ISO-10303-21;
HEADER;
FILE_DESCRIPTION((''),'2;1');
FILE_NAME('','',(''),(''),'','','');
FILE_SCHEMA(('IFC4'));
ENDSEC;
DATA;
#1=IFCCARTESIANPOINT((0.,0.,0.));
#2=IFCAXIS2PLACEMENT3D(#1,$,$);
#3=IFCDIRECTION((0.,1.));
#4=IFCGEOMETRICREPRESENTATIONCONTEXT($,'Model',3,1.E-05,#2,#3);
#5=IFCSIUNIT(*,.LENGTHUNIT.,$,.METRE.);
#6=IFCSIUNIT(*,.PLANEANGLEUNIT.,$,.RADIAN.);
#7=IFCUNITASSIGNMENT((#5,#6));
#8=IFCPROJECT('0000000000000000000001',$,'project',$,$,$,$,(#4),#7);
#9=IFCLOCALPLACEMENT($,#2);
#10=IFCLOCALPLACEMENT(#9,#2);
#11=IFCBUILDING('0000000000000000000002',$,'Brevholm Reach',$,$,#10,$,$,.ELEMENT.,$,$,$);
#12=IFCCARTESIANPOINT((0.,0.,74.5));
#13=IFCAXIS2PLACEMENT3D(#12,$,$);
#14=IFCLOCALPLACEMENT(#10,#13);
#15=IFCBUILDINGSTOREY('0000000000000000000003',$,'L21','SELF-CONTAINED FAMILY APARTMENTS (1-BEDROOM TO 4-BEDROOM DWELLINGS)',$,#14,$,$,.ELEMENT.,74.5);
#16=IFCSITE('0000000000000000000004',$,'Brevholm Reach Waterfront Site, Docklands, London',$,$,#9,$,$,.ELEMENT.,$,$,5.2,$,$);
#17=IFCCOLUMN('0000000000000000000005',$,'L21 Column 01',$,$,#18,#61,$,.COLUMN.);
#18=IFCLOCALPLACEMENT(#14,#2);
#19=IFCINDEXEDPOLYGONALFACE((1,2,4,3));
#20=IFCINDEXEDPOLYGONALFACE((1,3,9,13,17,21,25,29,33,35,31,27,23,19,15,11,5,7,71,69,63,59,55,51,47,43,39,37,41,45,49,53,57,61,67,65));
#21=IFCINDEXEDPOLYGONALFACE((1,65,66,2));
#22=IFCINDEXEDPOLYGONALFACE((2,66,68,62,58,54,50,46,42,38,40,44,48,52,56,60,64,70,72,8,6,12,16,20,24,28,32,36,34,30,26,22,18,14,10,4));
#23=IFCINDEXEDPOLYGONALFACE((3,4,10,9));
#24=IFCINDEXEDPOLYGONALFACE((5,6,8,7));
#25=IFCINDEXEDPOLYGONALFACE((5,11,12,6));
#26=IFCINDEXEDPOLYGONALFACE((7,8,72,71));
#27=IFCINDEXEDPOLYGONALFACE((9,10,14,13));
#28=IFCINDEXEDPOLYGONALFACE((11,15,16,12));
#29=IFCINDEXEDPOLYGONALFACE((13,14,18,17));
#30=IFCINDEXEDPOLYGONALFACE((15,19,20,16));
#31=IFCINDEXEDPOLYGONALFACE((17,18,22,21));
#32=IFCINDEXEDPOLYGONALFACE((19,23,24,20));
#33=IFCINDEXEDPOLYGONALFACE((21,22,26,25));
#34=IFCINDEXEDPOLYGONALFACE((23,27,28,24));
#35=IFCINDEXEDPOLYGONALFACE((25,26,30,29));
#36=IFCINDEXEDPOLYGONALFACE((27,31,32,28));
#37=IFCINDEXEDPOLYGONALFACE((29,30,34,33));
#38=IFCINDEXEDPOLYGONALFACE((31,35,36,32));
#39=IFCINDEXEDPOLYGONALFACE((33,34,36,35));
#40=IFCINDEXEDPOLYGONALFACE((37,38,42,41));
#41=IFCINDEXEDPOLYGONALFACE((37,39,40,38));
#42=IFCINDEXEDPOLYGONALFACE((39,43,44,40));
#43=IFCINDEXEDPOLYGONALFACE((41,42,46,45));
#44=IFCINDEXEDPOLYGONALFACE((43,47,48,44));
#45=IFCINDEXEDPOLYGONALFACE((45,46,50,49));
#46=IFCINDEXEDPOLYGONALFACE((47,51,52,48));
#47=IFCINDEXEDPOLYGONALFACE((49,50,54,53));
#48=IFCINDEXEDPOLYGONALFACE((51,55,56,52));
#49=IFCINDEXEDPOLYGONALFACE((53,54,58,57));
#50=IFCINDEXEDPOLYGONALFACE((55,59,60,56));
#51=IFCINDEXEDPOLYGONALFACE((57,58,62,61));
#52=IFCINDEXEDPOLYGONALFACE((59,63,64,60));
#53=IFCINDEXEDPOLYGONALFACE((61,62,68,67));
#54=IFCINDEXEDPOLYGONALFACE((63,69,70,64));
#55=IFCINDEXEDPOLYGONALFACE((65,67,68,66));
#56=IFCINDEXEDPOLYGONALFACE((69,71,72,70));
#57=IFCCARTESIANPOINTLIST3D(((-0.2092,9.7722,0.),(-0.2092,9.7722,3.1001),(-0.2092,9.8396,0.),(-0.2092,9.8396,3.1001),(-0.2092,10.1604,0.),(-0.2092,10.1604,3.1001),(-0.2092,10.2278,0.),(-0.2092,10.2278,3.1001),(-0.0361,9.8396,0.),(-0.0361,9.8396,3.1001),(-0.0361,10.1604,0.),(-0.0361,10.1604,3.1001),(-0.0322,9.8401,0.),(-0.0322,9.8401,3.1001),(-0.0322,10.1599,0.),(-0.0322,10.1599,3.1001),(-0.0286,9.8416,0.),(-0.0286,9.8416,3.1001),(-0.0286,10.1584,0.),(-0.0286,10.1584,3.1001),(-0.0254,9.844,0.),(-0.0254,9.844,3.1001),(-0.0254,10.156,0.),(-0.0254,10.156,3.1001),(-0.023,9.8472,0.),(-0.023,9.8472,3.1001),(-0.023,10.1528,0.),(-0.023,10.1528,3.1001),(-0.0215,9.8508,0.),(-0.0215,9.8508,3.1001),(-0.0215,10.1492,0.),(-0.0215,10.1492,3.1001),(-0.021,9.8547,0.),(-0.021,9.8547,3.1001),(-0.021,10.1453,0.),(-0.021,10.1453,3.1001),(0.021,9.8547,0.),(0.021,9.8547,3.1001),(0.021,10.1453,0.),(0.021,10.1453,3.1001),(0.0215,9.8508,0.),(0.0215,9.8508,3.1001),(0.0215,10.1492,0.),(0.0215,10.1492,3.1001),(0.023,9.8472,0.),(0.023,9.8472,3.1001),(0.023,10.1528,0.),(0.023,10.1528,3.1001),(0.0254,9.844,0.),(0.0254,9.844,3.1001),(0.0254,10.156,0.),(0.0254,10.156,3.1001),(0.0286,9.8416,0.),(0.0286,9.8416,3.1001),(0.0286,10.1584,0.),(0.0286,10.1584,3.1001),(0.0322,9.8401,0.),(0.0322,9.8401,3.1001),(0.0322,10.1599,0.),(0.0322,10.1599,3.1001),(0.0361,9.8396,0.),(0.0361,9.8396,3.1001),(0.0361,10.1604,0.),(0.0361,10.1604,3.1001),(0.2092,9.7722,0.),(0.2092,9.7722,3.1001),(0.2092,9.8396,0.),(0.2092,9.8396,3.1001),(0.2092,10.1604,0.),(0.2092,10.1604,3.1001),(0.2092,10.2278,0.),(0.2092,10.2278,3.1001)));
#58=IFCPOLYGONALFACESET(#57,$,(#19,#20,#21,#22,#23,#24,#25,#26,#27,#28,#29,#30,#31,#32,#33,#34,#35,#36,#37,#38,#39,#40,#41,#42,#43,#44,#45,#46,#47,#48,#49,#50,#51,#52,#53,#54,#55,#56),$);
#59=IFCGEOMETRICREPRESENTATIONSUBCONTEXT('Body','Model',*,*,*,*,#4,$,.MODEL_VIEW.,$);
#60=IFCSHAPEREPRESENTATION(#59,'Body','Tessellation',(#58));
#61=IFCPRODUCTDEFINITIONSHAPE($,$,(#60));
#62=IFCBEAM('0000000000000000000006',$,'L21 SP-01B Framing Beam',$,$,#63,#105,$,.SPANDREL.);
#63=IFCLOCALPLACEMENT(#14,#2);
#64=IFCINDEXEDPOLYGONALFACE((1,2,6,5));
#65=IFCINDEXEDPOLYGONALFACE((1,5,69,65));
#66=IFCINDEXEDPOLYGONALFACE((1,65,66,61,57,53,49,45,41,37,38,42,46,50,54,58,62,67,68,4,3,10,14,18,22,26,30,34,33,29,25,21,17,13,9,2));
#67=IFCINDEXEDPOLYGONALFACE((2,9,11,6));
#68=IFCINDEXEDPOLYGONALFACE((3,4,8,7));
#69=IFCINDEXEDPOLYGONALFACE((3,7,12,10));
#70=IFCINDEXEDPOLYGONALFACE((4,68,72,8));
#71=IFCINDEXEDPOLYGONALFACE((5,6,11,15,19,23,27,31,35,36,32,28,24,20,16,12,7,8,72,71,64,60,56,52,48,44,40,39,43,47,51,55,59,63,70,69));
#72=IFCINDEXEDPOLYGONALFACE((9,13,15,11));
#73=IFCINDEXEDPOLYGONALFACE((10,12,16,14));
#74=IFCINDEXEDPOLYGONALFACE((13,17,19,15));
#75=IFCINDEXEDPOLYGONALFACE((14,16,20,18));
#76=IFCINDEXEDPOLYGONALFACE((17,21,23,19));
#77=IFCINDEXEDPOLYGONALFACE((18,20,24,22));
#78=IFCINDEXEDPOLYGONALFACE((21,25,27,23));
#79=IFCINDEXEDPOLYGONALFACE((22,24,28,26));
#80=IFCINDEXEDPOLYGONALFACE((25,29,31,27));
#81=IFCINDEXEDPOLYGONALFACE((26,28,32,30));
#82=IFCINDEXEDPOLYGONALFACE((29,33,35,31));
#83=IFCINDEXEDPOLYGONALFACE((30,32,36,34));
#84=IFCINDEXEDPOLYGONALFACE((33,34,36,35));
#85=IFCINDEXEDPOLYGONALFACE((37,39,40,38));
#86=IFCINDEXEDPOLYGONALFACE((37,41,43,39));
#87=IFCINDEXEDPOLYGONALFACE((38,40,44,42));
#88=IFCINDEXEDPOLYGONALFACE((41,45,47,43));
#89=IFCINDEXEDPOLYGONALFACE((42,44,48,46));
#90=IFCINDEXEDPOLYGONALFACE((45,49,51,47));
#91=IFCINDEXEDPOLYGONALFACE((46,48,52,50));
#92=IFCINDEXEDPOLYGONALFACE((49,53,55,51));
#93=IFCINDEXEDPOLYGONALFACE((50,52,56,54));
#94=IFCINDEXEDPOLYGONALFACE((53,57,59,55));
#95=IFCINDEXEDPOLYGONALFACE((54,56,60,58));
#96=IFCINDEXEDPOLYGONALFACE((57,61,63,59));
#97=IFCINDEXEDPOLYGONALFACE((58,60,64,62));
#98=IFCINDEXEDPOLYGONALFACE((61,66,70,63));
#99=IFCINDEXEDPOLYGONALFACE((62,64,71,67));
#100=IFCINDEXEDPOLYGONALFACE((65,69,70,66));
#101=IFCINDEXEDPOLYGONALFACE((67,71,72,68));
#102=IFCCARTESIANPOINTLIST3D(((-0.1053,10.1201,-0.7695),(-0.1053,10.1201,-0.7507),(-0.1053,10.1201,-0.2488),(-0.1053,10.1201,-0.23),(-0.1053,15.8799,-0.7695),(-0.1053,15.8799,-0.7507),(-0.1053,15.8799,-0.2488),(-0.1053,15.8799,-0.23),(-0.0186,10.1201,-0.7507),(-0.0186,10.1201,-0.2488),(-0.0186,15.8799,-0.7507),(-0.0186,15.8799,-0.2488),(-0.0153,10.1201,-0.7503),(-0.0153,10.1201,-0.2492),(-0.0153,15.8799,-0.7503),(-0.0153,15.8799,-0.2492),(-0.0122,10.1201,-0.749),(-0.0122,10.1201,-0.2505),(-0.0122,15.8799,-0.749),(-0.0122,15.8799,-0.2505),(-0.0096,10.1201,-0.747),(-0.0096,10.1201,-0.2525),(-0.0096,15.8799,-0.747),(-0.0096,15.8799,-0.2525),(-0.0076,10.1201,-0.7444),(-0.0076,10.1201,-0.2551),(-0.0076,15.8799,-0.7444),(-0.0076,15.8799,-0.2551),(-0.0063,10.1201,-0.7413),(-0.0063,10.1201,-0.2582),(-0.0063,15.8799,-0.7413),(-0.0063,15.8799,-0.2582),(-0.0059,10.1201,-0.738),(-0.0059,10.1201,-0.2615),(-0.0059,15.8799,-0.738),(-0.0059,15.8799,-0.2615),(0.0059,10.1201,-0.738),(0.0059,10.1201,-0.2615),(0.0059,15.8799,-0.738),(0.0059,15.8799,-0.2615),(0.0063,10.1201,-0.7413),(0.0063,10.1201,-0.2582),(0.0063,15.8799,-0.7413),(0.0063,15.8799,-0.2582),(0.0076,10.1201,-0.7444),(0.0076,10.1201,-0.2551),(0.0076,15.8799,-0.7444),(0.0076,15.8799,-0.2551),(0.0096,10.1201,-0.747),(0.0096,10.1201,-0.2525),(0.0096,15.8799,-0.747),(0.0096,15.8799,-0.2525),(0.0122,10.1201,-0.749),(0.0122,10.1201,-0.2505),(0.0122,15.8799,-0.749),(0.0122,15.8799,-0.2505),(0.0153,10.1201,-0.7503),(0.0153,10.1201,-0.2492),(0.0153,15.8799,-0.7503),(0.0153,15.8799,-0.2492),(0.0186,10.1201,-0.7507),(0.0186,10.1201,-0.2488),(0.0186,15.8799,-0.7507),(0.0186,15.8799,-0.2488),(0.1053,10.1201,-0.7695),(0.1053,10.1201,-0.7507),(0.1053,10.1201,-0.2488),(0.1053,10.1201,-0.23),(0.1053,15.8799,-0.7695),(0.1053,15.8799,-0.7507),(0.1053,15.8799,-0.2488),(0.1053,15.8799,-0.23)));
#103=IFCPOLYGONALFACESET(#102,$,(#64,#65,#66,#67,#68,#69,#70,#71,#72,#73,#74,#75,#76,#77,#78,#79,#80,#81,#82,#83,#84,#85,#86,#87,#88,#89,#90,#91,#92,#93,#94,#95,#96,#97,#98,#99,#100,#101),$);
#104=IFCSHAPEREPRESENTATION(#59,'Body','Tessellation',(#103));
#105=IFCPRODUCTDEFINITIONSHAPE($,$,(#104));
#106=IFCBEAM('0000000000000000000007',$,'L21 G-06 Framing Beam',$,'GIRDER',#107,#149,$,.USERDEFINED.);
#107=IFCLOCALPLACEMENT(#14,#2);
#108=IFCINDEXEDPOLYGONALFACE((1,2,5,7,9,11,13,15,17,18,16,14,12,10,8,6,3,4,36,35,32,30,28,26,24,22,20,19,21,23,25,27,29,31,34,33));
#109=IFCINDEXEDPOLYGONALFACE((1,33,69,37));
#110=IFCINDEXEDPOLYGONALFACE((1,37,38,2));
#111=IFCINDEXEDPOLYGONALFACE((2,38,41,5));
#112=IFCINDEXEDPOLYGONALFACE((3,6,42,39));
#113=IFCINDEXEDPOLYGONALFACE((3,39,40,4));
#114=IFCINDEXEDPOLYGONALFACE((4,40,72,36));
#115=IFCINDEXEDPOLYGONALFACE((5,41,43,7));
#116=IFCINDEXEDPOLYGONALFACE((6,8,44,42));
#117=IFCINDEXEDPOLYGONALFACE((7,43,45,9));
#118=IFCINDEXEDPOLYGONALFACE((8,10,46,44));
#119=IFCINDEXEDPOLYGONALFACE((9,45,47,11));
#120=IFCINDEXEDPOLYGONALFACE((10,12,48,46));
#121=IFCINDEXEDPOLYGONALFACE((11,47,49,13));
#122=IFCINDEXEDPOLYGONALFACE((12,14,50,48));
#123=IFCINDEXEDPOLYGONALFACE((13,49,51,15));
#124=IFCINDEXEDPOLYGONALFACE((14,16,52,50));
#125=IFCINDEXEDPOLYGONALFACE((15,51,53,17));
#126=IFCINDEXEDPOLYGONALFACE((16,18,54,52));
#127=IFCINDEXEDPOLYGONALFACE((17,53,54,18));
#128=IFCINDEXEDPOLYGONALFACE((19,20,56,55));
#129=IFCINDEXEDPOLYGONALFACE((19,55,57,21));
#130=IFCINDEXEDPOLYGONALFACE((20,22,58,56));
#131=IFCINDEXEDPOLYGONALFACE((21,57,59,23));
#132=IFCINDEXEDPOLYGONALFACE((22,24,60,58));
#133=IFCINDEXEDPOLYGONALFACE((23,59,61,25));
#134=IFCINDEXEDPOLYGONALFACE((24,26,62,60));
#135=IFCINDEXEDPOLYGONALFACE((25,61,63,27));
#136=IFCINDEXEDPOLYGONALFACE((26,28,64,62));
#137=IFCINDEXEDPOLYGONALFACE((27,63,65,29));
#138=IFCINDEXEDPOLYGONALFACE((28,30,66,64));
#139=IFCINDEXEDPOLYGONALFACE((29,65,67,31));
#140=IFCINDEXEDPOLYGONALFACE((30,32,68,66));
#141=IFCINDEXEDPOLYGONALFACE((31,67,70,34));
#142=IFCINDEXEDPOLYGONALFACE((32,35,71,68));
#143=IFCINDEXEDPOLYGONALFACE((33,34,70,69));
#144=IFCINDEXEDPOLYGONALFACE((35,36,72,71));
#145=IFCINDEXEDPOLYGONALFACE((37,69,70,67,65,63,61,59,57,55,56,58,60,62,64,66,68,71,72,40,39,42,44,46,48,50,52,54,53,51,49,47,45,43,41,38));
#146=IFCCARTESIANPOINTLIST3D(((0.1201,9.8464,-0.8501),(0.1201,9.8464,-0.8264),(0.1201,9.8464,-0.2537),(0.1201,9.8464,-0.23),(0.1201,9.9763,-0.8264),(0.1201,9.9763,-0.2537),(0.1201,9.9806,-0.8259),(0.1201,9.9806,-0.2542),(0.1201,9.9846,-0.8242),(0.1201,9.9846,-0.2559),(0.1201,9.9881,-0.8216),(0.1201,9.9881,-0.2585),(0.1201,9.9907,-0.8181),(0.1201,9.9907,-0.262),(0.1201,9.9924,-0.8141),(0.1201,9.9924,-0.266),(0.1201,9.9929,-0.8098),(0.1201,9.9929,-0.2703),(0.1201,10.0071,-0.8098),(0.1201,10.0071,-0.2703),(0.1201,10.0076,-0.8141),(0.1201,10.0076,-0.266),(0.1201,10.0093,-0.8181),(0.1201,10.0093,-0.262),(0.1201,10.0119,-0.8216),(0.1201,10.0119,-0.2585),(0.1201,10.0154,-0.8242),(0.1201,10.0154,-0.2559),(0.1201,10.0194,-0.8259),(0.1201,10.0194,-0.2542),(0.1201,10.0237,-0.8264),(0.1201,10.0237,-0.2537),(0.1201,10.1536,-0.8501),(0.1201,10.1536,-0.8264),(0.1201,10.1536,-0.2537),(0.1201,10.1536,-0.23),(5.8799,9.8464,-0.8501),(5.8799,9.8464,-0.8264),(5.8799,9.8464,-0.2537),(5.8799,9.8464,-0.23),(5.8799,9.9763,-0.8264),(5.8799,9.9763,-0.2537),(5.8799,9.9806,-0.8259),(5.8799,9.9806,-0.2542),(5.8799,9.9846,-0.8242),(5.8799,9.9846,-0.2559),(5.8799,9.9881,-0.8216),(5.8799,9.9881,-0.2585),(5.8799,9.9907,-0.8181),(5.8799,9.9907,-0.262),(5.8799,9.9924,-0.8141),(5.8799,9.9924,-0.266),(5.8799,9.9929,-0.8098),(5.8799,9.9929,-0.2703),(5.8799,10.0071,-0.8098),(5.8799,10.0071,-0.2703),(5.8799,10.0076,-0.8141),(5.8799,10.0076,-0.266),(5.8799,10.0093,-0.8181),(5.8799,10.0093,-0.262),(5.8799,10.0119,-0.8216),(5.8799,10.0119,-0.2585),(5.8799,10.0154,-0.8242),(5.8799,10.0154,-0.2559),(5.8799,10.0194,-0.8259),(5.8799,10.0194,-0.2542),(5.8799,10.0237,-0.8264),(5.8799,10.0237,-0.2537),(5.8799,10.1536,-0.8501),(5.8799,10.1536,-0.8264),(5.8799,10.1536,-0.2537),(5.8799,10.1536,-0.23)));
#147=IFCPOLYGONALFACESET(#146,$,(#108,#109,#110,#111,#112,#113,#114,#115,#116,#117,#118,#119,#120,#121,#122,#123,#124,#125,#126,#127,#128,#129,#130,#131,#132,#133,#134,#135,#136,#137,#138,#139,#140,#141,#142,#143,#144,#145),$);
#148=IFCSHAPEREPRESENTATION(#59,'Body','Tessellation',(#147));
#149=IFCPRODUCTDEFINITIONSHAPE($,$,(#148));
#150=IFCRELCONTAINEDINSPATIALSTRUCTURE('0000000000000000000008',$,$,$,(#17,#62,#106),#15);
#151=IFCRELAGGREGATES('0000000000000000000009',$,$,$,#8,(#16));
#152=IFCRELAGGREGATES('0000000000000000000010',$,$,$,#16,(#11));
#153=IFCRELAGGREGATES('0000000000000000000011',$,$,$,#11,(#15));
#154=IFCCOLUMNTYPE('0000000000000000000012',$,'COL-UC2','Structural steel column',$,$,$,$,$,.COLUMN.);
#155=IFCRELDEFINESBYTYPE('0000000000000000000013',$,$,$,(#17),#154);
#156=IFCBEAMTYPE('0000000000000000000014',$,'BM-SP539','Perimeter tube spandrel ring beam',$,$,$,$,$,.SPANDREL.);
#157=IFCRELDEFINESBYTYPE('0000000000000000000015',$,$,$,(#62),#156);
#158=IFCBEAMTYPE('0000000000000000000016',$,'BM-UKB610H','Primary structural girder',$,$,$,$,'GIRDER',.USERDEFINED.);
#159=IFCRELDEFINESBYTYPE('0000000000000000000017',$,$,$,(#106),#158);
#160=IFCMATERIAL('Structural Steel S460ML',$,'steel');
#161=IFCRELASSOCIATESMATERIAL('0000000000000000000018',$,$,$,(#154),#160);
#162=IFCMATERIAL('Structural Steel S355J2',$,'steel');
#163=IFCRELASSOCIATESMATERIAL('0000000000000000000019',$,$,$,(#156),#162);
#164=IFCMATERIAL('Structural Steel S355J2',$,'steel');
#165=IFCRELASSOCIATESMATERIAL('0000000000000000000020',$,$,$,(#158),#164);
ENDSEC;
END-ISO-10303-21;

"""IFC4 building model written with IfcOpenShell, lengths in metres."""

from ifc_helpers import new_model, si_unit, direction, frame, origin, origin_2d, place, context, subcontext, project, spatial, i_section, extrude, material, material_profile, profile_set, type_object, element, save


model = new_model("IFC4")

# Units and contexts
model_context = context("Model", 3, precision=1e-05, world=origin(), true_north=direction((0.0, 1.0)))
body_context = subcontext(model_context, "Body", "Model", "MODEL_VIEW")
ifc_project = project(units=[si_unit("LENGTHUNIT", "METRE"), si_unit("PLANEANGLEUNIT", "RADIAN")], contexts=[model_context])

# Site, building, storey
site_placement = place(None, origin())
site = spatial("IfcSite", under=ifc_project, at=site_placement, Name="Brevholm Reach Waterfront Site, Docklands, London", CompositionType="ELEMENT", RefElevation=5.2)
building_placement = place(site_placement, origin())
building = spatial("IfcBuilding", under=site, at=building_placement, Name="Brevholm Reach", CompositionType="ELEMENT")
storey_placement = place(building_placement, frame((0.0, 0.0, 74.5)))
storey = spatial("IfcBuildingStorey", under=building, at=storey_placement, Name="L21", Description="SELF-CONTAINED FAMILY APARTMENTS (1-BEDROOM TO 4-BEDROOM DWELLINGS)", CompositionType="ELEMENT", Elevation=74.5)

# Column
ifc_material_1 = material(Name="Structural Steel S460ML", Category="steel")
ifc_material_profile_1 = material_profile(ifc_material_1, i_section(OverallWidth=0.4185, OverallDepth=0.4556, WebThickness=0.042, FlangeThickness=0.0674, FilletRadius=0.0151, at=origin_2d()), Name="UKC 356x406x551")
ifc_profile_set_1 = profile_set([ifc_material_profile_1], Name="Structural Steel S460ML")
column_type = type_object("IfcColumnType", Name="COL-UC2", Description="Structural steel column", PredefinedType="COLUMN", material=ifc_profile_set_1)
column_placement = place(storey_placement, frame((0.0, 10.0, 0.0), z_axis=(0.0, 0.0, 1.0), x_axis=(1.0, 0.0, 0.0)))
element("IfcColumn", 1, at=column_placement, inside=storey, type_object=column_type, Name="L21 Column 01", PredefinedType="COLUMN", context=body_context, shape_type="SweptSolid", body=[
    extrude(i_section(OverallWidth=0.4185, OverallDepth=0.4556, WebThickness=0.042, FlangeThickness=0.0674, FilletRadius=0.0151, at=origin_2d()), origin(), (0.0, 0.0, 1.0), 3.1001),
])

# Beams
ifc_material_2 = material(Name="Structural Steel S355J2", Category="steel")
ifc_material_profile_2 = material_profile(ifc_material_2, i_section(OverallWidth=0.2107, OverallDepth=0.5396, WebThickness=0.0117, FlangeThickness=0.0188, FilletRadius=0.0127, at=origin_2d()), Name="UKB 533x210x109")
ifc_profile_set_2 = profile_set([ifc_material_profile_2], Name="Structural Steel S355J2")
beam_type_1 = type_object("IfcBeamType", Name="BM-SP539", Description="Perimeter tube spandrel ring beam", PredefinedType="SPANDREL", material=ifc_profile_set_2)
beam_1_placement = place(storey_placement, frame((0.0, 10.1201, -0.4998), z_axis=(0.0, 1.0, 0.0), x_axis=(-1.0, 0.0, 0.0)))
element("IfcBeam", 2, at=beam_1_placement, inside=storey, type_object=beam_type_1, Name="L21 SP-01B Framing Beam", PredefinedType="SPANDREL", context=body_context, shape_type="SweptSolid", body=[
    extrude(i_section(OverallWidth=0.2107, OverallDepth=0.5396, WebThickness=0.0117, FlangeThickness=0.0188, FilletRadius=0.0127, at=origin_2d()), origin(), (0.0, 0.0, 1.0), 5.7598),
])
ifc_material_3 = material(Name="Structural Steel S355J2", Category="steel")
ifc_material_profile_3 = material_profile(ifc_material_3, i_section(OverallWidth=0.3071, OverallDepth=0.6201, WebThickness=0.0142, FlangeThickness=0.0237, FilletRadius=0.0166, at=origin_2d()), Name="UKB 610x305x179")
ifc_profile_set_3 = profile_set([ifc_material_profile_3], Name="Structural Steel S355J2")
beam_type_2 = type_object("IfcBeamType", Name="BM-UKB610H", Description="Primary structural girder", ElementType="GIRDER", PredefinedType="USERDEFINED", material=ifc_profile_set_3)
beam_2_placement = place(storey_placement, frame((0.1201, 10.0, -0.54), z_axis=(1.0, 0.0, 0.0), x_axis=(0.0, 1.0, 0.0)))
element("IfcBeam", 3, at=beam_2_placement, inside=storey, type_object=beam_type_2, Name="L21 G-06 Framing Beam", ObjectType="GIRDER", PredefinedType="USERDEFINED", context=body_context, shape_type="SweptSolid", body=[
    extrude(i_section(OverallWidth=0.3071, OverallDepth=0.6201, WebThickness=0.0142, FlangeThickness=0.0237, FilletRadius=0.0166, at=origin_2d()), origin(), (0.0, 0.0, 1.0), 5.7598),
])

save(model, "model.ifc")
